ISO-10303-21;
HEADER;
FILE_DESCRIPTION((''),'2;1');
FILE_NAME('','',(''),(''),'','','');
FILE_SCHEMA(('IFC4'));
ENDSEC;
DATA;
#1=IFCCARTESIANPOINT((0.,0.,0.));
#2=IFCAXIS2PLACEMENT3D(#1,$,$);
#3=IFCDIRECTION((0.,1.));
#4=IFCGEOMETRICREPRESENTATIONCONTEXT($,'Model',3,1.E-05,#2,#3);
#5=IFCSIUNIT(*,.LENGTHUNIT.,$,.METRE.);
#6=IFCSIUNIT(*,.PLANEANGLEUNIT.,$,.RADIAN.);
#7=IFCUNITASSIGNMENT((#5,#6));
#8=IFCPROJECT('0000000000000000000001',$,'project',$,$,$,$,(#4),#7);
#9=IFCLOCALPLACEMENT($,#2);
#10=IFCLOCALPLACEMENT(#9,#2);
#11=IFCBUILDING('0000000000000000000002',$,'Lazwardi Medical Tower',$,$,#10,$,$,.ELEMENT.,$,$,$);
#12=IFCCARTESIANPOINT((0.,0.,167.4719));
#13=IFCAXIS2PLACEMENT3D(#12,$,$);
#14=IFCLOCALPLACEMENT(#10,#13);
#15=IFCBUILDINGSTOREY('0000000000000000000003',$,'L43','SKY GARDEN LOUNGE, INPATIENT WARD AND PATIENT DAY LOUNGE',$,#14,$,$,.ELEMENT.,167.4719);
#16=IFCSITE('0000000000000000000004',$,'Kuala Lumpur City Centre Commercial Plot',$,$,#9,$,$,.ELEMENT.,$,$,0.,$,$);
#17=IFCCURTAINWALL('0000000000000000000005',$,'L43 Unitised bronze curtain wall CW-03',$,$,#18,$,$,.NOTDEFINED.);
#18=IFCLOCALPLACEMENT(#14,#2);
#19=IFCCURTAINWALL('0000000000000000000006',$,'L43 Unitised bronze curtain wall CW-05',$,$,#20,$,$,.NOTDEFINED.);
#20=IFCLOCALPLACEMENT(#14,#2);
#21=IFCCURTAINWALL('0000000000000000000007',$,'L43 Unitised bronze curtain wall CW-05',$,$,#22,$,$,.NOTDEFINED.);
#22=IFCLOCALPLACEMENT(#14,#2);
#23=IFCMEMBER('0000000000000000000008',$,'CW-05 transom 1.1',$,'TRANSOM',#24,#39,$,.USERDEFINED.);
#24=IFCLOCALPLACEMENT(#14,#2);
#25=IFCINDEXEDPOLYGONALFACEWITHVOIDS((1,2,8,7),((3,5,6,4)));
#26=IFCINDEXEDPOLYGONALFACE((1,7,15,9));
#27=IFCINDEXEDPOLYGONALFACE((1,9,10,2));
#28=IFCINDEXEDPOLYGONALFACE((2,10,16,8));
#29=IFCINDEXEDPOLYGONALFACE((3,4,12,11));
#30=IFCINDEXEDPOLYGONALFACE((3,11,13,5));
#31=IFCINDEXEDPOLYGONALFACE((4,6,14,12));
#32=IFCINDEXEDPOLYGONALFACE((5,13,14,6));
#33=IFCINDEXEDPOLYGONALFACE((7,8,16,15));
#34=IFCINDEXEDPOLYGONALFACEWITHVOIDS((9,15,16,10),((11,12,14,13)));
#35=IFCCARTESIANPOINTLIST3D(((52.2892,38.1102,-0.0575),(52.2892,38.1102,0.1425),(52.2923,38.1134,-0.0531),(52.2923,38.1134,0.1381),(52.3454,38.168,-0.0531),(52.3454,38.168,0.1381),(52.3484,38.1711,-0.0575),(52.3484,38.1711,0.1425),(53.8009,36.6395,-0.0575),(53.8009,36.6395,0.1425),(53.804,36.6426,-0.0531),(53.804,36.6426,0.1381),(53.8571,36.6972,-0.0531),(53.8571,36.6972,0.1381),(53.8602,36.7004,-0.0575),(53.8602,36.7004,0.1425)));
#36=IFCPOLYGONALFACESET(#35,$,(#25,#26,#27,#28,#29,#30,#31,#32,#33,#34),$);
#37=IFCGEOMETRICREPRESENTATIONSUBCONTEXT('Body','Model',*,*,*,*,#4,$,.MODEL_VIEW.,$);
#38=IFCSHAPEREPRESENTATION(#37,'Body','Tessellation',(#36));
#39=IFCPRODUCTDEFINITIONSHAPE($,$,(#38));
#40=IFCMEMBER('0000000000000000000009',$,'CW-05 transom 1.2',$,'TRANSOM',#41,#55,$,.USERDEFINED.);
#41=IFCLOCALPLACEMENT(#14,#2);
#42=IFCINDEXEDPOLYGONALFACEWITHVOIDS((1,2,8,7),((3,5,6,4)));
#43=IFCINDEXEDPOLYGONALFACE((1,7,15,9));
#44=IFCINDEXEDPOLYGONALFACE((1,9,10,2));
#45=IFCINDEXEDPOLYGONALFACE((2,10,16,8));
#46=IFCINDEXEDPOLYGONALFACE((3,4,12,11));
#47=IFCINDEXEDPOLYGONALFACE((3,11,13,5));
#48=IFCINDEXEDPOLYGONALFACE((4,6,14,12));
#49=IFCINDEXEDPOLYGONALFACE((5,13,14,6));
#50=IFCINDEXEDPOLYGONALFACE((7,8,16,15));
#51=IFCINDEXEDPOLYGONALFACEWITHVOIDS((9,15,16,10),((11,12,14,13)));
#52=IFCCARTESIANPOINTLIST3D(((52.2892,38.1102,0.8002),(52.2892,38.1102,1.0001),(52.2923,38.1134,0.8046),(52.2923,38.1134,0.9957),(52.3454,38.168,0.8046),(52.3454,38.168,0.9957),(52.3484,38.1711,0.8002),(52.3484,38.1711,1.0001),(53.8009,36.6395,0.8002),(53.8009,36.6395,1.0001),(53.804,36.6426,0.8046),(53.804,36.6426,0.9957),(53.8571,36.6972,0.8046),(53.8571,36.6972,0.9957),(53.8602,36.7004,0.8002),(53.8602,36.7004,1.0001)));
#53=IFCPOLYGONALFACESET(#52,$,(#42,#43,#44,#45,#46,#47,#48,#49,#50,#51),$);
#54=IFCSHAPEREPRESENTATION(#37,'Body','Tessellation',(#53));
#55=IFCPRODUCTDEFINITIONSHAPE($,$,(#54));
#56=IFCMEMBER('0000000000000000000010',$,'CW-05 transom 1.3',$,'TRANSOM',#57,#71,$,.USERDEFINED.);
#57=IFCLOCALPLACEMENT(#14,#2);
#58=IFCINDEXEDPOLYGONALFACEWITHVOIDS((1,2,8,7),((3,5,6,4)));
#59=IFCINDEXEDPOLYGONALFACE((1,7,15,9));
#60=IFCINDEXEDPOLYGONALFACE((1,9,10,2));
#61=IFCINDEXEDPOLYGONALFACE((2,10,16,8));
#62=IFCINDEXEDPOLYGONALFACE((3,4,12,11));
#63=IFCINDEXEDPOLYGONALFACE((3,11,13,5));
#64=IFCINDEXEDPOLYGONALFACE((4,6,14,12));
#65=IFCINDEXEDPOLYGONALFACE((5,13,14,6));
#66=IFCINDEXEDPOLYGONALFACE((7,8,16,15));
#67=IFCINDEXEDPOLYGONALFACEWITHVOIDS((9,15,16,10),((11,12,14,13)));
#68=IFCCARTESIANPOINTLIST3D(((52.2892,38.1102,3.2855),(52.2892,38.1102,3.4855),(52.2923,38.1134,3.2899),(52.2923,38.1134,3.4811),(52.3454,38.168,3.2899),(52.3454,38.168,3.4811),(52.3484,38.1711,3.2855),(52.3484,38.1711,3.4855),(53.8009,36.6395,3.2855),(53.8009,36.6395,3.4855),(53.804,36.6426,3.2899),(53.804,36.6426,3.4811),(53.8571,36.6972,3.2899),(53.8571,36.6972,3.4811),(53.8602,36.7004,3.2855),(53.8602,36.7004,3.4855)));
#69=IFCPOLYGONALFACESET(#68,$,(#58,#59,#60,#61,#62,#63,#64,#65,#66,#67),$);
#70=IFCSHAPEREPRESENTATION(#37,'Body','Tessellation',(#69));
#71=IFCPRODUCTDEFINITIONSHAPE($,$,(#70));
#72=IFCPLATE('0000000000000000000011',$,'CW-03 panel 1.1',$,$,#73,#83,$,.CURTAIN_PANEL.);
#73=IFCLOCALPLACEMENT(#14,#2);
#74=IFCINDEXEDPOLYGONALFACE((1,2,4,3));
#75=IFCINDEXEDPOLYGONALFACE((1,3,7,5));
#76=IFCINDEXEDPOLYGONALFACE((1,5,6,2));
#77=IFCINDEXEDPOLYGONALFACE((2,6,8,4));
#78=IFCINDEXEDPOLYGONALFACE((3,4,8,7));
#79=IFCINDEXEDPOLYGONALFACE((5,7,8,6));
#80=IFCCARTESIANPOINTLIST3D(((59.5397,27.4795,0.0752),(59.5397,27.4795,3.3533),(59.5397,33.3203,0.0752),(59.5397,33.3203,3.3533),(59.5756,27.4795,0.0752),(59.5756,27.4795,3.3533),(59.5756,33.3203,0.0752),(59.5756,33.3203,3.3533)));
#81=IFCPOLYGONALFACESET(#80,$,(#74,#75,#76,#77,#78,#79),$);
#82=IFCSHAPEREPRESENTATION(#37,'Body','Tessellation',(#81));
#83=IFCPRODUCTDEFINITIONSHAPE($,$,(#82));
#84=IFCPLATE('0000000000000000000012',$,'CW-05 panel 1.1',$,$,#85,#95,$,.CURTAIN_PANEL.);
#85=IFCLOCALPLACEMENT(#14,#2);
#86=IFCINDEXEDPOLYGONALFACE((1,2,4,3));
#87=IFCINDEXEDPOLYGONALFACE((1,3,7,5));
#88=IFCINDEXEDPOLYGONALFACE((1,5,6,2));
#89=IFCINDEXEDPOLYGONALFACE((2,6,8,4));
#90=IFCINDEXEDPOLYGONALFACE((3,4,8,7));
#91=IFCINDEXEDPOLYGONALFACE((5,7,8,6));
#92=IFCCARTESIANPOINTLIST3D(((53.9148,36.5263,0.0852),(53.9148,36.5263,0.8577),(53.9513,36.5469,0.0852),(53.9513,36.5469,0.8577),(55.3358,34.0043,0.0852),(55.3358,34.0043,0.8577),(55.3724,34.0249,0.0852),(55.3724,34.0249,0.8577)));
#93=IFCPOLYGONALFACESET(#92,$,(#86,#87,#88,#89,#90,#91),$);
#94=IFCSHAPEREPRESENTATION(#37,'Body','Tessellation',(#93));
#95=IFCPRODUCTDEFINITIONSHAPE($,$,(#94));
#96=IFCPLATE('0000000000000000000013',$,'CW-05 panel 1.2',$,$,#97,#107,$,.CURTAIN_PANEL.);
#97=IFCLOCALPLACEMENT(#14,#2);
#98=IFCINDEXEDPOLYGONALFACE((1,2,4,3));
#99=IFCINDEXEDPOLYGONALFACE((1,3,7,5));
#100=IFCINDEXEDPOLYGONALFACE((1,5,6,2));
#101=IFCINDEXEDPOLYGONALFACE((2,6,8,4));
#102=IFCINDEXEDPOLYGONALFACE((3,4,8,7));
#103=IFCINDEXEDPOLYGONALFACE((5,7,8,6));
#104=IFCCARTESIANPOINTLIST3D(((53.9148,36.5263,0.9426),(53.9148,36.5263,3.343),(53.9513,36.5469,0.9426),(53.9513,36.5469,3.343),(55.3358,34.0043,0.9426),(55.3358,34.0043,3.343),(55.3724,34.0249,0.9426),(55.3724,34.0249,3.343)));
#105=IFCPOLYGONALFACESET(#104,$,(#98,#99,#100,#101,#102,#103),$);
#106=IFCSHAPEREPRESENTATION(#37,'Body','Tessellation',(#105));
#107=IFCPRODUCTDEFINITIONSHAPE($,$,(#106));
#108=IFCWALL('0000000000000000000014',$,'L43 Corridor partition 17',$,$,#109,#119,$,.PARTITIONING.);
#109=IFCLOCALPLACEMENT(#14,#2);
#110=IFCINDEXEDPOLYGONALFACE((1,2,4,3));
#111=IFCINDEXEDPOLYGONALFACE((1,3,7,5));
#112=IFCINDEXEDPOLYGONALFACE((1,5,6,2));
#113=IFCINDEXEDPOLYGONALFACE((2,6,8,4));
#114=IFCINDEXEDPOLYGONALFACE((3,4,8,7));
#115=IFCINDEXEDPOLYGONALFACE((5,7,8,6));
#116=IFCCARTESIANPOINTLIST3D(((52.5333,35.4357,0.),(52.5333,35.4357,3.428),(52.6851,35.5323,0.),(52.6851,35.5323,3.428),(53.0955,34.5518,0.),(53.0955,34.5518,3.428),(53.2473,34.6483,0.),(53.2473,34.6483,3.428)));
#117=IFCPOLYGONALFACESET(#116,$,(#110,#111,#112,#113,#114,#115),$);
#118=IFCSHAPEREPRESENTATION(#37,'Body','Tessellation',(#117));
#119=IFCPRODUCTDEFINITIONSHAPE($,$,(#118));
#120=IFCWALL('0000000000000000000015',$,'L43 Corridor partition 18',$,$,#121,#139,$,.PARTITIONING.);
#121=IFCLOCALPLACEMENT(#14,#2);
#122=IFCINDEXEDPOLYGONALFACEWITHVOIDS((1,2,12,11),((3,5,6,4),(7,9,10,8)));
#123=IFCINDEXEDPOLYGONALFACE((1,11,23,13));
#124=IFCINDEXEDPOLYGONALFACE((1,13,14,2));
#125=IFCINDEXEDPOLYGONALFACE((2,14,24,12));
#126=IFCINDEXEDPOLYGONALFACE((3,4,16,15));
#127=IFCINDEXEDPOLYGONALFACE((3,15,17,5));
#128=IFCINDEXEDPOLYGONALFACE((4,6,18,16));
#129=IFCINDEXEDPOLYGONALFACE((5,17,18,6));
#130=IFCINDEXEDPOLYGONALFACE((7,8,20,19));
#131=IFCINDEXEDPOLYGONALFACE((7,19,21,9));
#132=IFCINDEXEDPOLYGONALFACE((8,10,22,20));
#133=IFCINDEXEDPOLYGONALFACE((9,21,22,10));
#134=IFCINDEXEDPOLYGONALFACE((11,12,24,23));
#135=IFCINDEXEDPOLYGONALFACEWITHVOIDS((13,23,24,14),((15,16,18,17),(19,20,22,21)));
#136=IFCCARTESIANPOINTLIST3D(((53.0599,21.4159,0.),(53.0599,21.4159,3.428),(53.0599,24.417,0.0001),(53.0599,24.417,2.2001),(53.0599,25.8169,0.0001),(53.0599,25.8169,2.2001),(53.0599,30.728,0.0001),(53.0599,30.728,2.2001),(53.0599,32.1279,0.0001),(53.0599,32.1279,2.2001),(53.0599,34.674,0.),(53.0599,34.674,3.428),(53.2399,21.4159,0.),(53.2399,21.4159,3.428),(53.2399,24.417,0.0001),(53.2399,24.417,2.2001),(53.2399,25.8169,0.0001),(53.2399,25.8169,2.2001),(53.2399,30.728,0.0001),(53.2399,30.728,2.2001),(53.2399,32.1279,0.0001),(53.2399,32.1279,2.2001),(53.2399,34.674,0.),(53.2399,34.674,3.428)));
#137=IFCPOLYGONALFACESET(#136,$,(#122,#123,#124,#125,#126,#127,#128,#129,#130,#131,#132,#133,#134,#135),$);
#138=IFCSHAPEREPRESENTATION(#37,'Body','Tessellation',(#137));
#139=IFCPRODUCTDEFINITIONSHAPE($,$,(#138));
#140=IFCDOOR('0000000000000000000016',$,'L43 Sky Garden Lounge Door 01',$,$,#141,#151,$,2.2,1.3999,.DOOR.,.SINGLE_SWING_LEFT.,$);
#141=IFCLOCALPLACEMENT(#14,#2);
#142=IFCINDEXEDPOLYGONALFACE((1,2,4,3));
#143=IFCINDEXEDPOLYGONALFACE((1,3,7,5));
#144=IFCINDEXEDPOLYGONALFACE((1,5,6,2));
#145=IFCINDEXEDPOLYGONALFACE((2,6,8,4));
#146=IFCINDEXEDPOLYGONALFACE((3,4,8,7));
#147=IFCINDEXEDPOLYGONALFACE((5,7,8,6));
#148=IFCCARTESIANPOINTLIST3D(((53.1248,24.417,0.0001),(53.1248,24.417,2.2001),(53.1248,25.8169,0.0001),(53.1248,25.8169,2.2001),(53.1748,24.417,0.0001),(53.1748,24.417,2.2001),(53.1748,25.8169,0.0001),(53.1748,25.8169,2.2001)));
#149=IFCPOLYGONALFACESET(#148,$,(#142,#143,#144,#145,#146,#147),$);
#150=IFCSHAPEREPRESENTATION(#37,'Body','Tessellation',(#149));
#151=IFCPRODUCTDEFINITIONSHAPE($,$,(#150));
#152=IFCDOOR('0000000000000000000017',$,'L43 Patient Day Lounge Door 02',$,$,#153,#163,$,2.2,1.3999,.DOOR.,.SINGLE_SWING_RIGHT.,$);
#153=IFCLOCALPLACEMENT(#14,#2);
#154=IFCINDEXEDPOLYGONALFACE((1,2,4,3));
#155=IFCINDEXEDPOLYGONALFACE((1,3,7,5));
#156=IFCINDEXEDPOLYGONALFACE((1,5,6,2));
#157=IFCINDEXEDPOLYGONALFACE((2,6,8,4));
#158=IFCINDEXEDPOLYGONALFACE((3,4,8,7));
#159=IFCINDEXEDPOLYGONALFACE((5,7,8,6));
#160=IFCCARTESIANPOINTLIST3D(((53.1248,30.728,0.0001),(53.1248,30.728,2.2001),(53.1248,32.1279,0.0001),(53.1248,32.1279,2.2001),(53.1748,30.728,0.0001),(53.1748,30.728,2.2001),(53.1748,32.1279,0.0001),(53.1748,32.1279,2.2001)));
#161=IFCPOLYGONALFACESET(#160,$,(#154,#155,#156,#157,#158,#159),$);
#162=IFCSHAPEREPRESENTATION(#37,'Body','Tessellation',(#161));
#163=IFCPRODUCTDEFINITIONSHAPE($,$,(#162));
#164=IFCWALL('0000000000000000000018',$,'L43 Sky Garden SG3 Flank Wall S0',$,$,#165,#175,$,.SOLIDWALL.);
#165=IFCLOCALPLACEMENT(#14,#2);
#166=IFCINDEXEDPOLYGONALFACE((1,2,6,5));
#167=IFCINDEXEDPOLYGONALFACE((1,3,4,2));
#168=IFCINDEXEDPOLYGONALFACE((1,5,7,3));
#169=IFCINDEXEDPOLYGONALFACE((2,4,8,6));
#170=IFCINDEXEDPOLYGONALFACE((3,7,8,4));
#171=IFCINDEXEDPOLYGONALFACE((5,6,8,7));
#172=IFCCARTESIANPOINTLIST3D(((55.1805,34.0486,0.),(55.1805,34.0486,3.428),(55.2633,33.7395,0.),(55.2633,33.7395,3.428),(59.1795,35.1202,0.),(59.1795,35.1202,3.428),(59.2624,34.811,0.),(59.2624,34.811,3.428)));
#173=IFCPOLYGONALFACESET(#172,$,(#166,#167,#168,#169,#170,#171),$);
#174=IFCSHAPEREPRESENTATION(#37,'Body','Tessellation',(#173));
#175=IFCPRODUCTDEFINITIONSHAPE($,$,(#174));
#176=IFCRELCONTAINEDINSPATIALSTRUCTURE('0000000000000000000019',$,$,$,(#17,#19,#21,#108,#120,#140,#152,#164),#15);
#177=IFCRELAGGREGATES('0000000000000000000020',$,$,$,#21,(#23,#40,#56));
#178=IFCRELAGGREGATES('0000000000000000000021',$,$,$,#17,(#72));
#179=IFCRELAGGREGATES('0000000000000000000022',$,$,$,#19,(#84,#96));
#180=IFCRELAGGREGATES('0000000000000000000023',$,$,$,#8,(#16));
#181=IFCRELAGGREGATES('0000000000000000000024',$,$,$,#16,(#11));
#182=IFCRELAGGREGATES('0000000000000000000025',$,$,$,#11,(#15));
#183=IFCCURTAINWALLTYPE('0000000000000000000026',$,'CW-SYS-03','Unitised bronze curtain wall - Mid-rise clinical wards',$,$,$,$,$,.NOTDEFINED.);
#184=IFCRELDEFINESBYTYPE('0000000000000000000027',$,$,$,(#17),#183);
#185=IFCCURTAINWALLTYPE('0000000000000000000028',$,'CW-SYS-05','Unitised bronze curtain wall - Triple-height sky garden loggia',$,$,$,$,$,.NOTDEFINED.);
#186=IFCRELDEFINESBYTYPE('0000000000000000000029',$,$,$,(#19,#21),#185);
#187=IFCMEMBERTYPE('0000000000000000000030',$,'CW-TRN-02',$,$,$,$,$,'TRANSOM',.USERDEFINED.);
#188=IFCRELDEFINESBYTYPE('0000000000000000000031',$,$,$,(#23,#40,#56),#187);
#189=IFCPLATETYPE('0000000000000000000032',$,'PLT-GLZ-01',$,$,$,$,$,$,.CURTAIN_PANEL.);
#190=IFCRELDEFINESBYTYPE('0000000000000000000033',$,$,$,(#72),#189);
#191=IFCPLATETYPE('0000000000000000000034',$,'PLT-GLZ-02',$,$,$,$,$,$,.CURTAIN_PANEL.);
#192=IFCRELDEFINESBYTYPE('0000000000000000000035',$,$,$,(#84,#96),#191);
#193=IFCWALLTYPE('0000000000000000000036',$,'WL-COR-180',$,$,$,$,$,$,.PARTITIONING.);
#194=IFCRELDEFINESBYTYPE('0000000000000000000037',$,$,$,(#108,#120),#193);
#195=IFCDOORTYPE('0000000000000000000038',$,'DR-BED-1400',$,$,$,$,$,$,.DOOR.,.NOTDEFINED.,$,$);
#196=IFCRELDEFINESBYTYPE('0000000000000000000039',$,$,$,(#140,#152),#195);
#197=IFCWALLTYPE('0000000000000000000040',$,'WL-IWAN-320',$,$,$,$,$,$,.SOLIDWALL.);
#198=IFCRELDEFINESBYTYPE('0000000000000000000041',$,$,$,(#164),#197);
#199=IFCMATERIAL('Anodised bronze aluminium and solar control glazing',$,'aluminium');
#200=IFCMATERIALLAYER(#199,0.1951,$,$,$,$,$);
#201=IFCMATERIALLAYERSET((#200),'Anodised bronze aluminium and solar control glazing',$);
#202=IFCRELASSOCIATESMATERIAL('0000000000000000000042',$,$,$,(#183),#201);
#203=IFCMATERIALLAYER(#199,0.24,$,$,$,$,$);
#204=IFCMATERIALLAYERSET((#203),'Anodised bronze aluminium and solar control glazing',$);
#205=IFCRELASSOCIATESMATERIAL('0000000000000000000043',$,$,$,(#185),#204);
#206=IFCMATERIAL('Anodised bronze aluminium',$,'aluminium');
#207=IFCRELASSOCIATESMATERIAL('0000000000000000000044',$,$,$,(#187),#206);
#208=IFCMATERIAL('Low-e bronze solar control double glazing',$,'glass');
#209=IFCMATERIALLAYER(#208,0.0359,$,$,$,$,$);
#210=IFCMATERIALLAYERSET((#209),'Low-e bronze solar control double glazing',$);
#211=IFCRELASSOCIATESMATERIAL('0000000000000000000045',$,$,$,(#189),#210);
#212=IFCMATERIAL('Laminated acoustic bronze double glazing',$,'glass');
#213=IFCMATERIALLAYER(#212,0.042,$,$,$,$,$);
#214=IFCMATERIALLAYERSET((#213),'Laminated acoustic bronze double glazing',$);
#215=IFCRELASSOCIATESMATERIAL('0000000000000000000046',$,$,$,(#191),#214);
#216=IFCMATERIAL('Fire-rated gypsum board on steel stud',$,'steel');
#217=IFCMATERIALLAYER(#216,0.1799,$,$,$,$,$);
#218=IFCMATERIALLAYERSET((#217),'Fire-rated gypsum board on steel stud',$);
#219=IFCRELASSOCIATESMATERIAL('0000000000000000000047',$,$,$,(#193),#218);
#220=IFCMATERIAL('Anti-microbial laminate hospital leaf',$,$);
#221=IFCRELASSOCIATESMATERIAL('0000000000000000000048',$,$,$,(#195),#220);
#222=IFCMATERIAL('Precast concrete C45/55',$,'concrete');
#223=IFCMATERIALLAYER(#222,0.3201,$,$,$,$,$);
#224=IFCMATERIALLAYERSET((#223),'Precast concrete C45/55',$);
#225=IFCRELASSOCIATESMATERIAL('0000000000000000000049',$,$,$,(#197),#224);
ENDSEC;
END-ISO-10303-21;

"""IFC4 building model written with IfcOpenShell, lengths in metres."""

from ifc_helpers import new_model, si_unit, direction, frame, frame_2d, origin, origin_2d, place, context, subcontext, project, spatial, rectangle, hollow_rectangle, extrude, material, layer, layer_set, material_profile, profile_set, type_object, element, fill, aggregate, save


model = new_model("IFC4")

# Units and contexts
model_context = context("Model", 3, precision=1e-05, world=origin(), true_north=direction((0.0, 1.0)))
body_context = subcontext(model_context, "Body", "Model", "MODEL_VIEW")
ifc_project = project(units=[si_unit("LENGTHUNIT", "METRE"), si_unit("PLANEANGLEUNIT", "RADIAN")], contexts=[model_context])

# Site, building, storey
site_placement = place(None, origin())
site = spatial("IfcSite", under=ifc_project, at=site_placement, Name="Kuala Lumpur City Centre Commercial Plot", CompositionType="ELEMENT", RefElevation=0.0)
building_placement = place(site_placement, origin())
building = spatial("IfcBuilding", under=site, at=building_placement, Name="Lazwardi Medical Tower", CompositionType="ELEMENT")
storey_placement = place(building_placement, frame((0.0, 0.0, 167.4719)))
storey = spatial("IfcBuildingStorey", under=building, at=storey_placement, Name="L43", Description="SKY GARDEN LOUNGE, INPATIENT WARD AND PATIENT DAY LOUNGE", CompositionType="ELEMENT", Elevation=167.4719)

# Curtain wall
ifc_material_1 = material(Name="Anodised bronze aluminium and solar control glazing", Category="aluminium")
ifc_layer_1 = layer(ifc_material_1, 0.1951)
ifc_layer_set_1 = layer_set([ifc_layer_1], Name="Anodised bronze aluminium and solar control glazing")
curtain_wall_type_1 = type_object("IfcCurtainWallType", Name="CW-SYS-03", Description="Unitised bronze curtain wall - Mid-rise clinical wards", PredefinedType="NOTDEFINED", material=ifc_layer_set_1)
curtain_wall_1_placement = place(storey_placement, origin())
curtain_wall_1 = element("IfcCurtainWall", 1, at=curtain_wall_1_placement, inside=storey, type_object=curtain_wall_type_1, Name="L43 Unitised bronze curtain wall CW-03", PredefinedType="NOTDEFINED")
ifc_material_2 = material(Name="Anodised bronze aluminium", Category="aluminium")

# Curtain wall
ifc_layer_2 = layer(ifc_material_1, 0.24)
ifc_layer_set_2 = layer_set([ifc_layer_2], Name="Anodised bronze aluminium and solar control glazing")
curtain_wall_type_2 = type_object("IfcCurtainWallType", Name="CW-SYS-05", Description="Unitised bronze curtain wall - Triple-height sky garden loggia", PredefinedType="NOTDEFINED", material=ifc_layer_set_2)
curtain_wall_2_placement = place(storey_placement, origin())
curtain_wall_2 = element("IfcCurtainWall", 2, at=curtain_wall_2_placement, inside=storey, type_object=curtain_wall_type_2, Name="L43 Unitised bronze curtain wall CW-05", PredefinedType="NOTDEFINED")

# Curtain wall
curtain_wall_3_placement = place(storey_placement, origin())
curtain_wall_3 = element("IfcCurtainWall", 3, at=curtain_wall_3_placement, inside=storey, type_object=curtain_wall_type_2, Name="L43 Unitised bronze curtain wall CW-05", PredefinedType="NOTDEFINED")

# Members
ifc_material_profile_1 = material_profile(ifc_material_2, hollow_rectangle(XDim=0.085, YDim=0.2, WallThickness=0.0044, at=origin_2d()), Name="ALU-TRANSOM 200x85x4.5")
ifc_profile_set_1 = profile_set([ifc_material_profile_1], Name="Anodised bronze aluminium")
member_type_1 = type_object("IfcMemberType", Name="CW-TRN-02", ElementType="TRANSOM", PredefinedType="USERDEFINED", material=ifc_profile_set_1)
member_1_placement = place(storey_placement, frame((53.8306, 36.6699, 0.0425), z_axis=(-0.716763, 0.697316, 0.0), x_axis=(-0.697316, -0.716763, 0.0)))
member_1 = element("IfcMember", 4, at=member_1_placement, type_object=member_type_1, Name="CW-05 transom 1.1", ObjectType="TRANSOM", PredefinedType="USERDEFINED", context=body_context, shape_type="SweptSolid", body=[
    extrude(hollow_rectangle(XDim=0.085, YDim=0.2, WallThickness=0.0044, at=origin_2d()), origin(), (0.0, 0.0, 1.0), 2.1091),
])
member_2_placement = place(storey_placement, frame((53.8306, 36.6699, 0.9001), z_axis=(-0.716763, 0.697316, 0.0), x_axis=(-0.697316, -0.716763, 0.0)))
member_2 = element("IfcMember", 5, at=member_2_placement, type_object=member_type_1, Name="CW-05 transom 1.2", ObjectType="TRANSOM", PredefinedType="USERDEFINED", context=body_context, shape_type="SweptSolid", body=[
    extrude(hollow_rectangle(XDim=0.085, YDim=0.2, WallThickness=0.0044, at=origin_2d()), origin(), (0.0, 0.0, 1.0), 2.1091),
])
member_3_placement = place(storey_placement, frame((53.8306, 36.6699, 3.3855), z_axis=(-0.716763, 0.697316, 0.0), x_axis=(-0.697316, -0.716763, 0.0)))
member_3 = element("IfcMember", 6, at=member_3_placement, type_object=member_type_1, Name="CW-05 transom 1.3", ObjectType="TRANSOM", PredefinedType="USERDEFINED", context=body_context, shape_type="SweptSolid", body=[
    extrude(hollow_rectangle(XDim=0.085, YDim=0.2, WallThickness=0.0044, at=origin_2d()), origin(), (0.0, 0.0, 1.0), 2.1091),
])
aggregate(curtain_wall_3, [member_1, member_2, member_3])

# Plates
ifc_material_3 = material(Name="Low-e bronze solar control double glazing", Category="glass")
ifc_layer_3 = layer(ifc_material_3, 0.0359)
ifc_layer_set_3 = layer_set([ifc_layer_3], Name="Low-e bronze solar control double glazing")
plate_type_1 = type_object("IfcPlateType", Name="PLT-GLZ-01", PredefinedType="CURTAIN_PANEL", material=ifc_layer_set_3)
plate_1_placement = place(storey_placement, frame((59.5576, 30.3999, 0.0752), z_axis=(0.0, 0.0, 1.0), x_axis=(0.0, 1.0, 0.0)))
plate_1 = element("IfcPlate", 7, at=plate_1_placement, type_object=plate_type_1, Name="CW-03 panel 1.1", PredefinedType="CURTAIN_PANEL", context=body_context, shape_type="SweptSolid", body=[
    extrude(rectangle(XDim=5.8408, YDim=0.0359, at=origin_2d()), origin(), (0.0, 0.0, 1.0), 3.2781),
])
aggregate(curtain_wall_1, [plate_1])
ifc_material_4 = material(Name="Laminated acoustic bronze double glazing", Category="glass")
ifc_layer_4 = layer(ifc_material_4, 0.042)
ifc_layer_set_4 = layer_set([ifc_layer_4], Name="Laminated acoustic bronze double glazing")
plate_type_2 = type_object("IfcPlateType", Name="PLT-GLZ-02", PredefinedType="CURTAIN_PANEL", material=ifc_layer_set_4)
plate_2_placement = place(storey_placement, frame((54.6436, 35.2756, 0.0852), z_axis=(0.0, 0.0, 1.0), x_axis=(-0.490887, 0.871223, 0.0)))
plate_2 = element("IfcPlate", 8, at=plate_2_placement, type_object=plate_type_2, Name="CW-05 panel 1.1", PredefinedType="CURTAIN_PANEL", context=body_context, shape_type="SweptSolid", body=[
    extrude(rectangle(XDim=2.8948, YDim=0.042, at=origin_2d()), origin(), (0.0, 0.0, 1.0), 0.7725),
])
plate_3_placement = place(storey_placement, frame((54.6436, 35.2756, 0.9426), z_axis=(0.0, 0.0, 1.0), x_axis=(-0.490887, 0.871223, 0.0)))
plate_3 = element("IfcPlate", 9, at=plate_3_placement, type_object=plate_type_2, Name="CW-05 panel 1.2", PredefinedType="CURTAIN_PANEL", context=body_context, shape_type="SweptSolid", body=[
    extrude(rectangle(XDim=2.8948, YDim=0.042, at=origin_2d()), origin(), (0.0, 0.0, 1.0), 2.4004),
])
aggregate(curtain_wall_2, [plate_2, plate_3])

# Wall
ifc_material_5 = material(Name="Fire-rated gypsum board on steel stud", Category="steel")
ifc_layer_5 = layer(ifc_material_5, 0.1799)
ifc_layer_set_5 = layer_set([ifc_layer_5], Name="Fire-rated gypsum board on steel stud")
wall_type_1 = type_object("IfcWallType", Name="WL-COR-180", PredefinedType="PARTITIONING", material=ifc_layer_set_5)
wall_1_placement = place(storey_placement, frame((52.6091, 35.4841, 0.0), z_axis=(0.0, 0.0, 1.0), x_axis=(0.536664, -0.843796, 0.0)))
element("IfcWall", 10, at=wall_1_placement, inside=storey, type_object=wall_type_1, Name="L43 Corridor partition 17", PredefinedType="PARTITIONING", context=body_context, shape_type="SweptSolid", body=[
    extrude(rectangle(XDim=1.0476, YDim=0.1799, at=frame_2d((0.5239, 0.0))), origin(), (0.0, 0.0, 1.0), 3.428),
])

# Wall, openings, doors
wall_2_placement = place(storey_placement, frame((53.1499, 34.6738, 0.0), z_axis=(0.0, 0.0, 1.0), x_axis=(0.0, -1.0, 0.0)))
wall_2 = element("IfcWall", 11, at=wall_2_placement, inside=storey, type_object=wall_type_1, Name="L43 Corridor partition 18", PredefinedType="PARTITIONING", context=body_context, shape_type="SweptSolid", body=[
    extrude(rectangle(XDim=13.2581, YDim=0.1799, at=frame_2d((6.6289, 0.0))), origin(), (0.0, 0.0, 1.0), 3.428),
])
opening_1_placement = place(wall_2_placement, frame((8.8569, 0.0, 0.0)))
opening_1 = element("IfcOpeningElement", 12, at=opening_1_placement, cuts=wall_2, PredefinedType="OPENING", context=body_context, shape_type="SweptSolid", body=[
    extrude(rectangle(XDim=1.3999, YDim=2.2, at=frame_2d((0.7, 1.1001))), frame((0.0, 0.0999, 0.0), z_axis=(0.0, -1.0, 0.0), x_axis=(1.0, 0.0, 0.0)), (0.0, 0.0, 1.0), 0.2),
])
opening_2_placement = place(wall_2_placement, frame((2.5459, 0.0, 0.0)))
opening_2 = element("IfcOpeningElement", 13, at=opening_2_placement, cuts=wall_2, PredefinedType="OPENING", context=body_context, shape_type="SweptSolid", body=[
    extrude(rectangle(XDim=1.3999, YDim=2.2, at=frame_2d((0.7, 1.1001))), frame((0.0, 0.0999, 0.0), z_axis=(0.0, -1.0, 0.0), x_axis=(1.0, 0.0, 0.0)), (0.0, 0.0, 1.0), 0.2),
])
ifc_material_6 = material(Name="Anti-microbial laminate hospital leaf")
door_type_1 = type_object("IfcDoorType", Name="DR-BED-1400", OperationType="NOTDEFINED", PredefinedType="DOOR", material=ifc_material_6)
door_1_placement = place(opening_1_placement, origin())
door_1 = element("IfcDoor", 14, at=door_1_placement, inside=storey, type_object=door_type_1, Name="L43 Sky Garden Lounge Door 01", OperationType="SINGLE_SWING_LEFT", OverallHeight=2.2, OverallWidth=1.3999, PredefinedType="DOOR", context=body_context, shape_type="SweptSolid", body=[
    extrude(rectangle(XDim=1.3999, YDim=2.2, at=frame_2d((0.7, 1.1001))), frame((0.0, 0.0249, 0.0), z_axis=(0.0, -1.0, 0.0), x_axis=(1.0, 0.0, 0.0)), (0.0, 0.0, 1.0), 0.05),
])
fill(opening_1, door_1)
door_2_placement = place(opening_2_placement, origin())
door_2 = element("IfcDoor", 15, at=door_2_placement, inside=storey, type_object=door_type_1, Name="L43 Patient Day Lounge Door 02", OperationType="SINGLE_SWING_RIGHT", OverallHeight=2.2, OverallWidth=1.3999, PredefinedType="DOOR", context=body_context, shape_type="SweptSolid", body=[
    extrude(rectangle(XDim=1.3999, YDim=2.2, at=frame_2d((0.7, 1.1001))), frame((0.0, 0.0249, 0.0), z_axis=(0.0, -1.0, 0.0), x_axis=(1.0, 0.0, 0.0)), (0.0, 0.0, 1.0), 0.05),
])
fill(opening_2, door_2)

# Wall
ifc_material_7 = material(Name="Precast concrete C45/55", Category="concrete")
ifc_layer_6 = layer(ifc_material_7, 0.3201)
ifc_layer_set_6 = layer_set([ifc_layer_6], Name="Precast concrete C45/55")
wall_type_2 = type_object("IfcWallType", Name="WL-IWAN-320", PredefinedType="SOLIDWALL", material=ifc_layer_set_6)
wall_3_placement = place(storey_placement, frame((59.2209, 34.9656, 0.0), z_axis=(0.0, 0.0, 1.0), x_axis=(-0.965926, -0.258819, 0.0)))
element("IfcWall", 16, at=wall_3_placement, inside=storey, type_object=wall_type_2, Name="L43 Sky Garden SG3 Flank Wall S0", PredefinedType="SOLIDWALL", context=body_context, shape_type="SweptSolid", body=[
    extrude(rectangle(XDim=4.1401, YDim=0.3201, at=frame_2d((2.0701, 0.0))), origin(), (0.0, 0.0, 1.0), 3.428),
])

save(model, "model.ifc")
